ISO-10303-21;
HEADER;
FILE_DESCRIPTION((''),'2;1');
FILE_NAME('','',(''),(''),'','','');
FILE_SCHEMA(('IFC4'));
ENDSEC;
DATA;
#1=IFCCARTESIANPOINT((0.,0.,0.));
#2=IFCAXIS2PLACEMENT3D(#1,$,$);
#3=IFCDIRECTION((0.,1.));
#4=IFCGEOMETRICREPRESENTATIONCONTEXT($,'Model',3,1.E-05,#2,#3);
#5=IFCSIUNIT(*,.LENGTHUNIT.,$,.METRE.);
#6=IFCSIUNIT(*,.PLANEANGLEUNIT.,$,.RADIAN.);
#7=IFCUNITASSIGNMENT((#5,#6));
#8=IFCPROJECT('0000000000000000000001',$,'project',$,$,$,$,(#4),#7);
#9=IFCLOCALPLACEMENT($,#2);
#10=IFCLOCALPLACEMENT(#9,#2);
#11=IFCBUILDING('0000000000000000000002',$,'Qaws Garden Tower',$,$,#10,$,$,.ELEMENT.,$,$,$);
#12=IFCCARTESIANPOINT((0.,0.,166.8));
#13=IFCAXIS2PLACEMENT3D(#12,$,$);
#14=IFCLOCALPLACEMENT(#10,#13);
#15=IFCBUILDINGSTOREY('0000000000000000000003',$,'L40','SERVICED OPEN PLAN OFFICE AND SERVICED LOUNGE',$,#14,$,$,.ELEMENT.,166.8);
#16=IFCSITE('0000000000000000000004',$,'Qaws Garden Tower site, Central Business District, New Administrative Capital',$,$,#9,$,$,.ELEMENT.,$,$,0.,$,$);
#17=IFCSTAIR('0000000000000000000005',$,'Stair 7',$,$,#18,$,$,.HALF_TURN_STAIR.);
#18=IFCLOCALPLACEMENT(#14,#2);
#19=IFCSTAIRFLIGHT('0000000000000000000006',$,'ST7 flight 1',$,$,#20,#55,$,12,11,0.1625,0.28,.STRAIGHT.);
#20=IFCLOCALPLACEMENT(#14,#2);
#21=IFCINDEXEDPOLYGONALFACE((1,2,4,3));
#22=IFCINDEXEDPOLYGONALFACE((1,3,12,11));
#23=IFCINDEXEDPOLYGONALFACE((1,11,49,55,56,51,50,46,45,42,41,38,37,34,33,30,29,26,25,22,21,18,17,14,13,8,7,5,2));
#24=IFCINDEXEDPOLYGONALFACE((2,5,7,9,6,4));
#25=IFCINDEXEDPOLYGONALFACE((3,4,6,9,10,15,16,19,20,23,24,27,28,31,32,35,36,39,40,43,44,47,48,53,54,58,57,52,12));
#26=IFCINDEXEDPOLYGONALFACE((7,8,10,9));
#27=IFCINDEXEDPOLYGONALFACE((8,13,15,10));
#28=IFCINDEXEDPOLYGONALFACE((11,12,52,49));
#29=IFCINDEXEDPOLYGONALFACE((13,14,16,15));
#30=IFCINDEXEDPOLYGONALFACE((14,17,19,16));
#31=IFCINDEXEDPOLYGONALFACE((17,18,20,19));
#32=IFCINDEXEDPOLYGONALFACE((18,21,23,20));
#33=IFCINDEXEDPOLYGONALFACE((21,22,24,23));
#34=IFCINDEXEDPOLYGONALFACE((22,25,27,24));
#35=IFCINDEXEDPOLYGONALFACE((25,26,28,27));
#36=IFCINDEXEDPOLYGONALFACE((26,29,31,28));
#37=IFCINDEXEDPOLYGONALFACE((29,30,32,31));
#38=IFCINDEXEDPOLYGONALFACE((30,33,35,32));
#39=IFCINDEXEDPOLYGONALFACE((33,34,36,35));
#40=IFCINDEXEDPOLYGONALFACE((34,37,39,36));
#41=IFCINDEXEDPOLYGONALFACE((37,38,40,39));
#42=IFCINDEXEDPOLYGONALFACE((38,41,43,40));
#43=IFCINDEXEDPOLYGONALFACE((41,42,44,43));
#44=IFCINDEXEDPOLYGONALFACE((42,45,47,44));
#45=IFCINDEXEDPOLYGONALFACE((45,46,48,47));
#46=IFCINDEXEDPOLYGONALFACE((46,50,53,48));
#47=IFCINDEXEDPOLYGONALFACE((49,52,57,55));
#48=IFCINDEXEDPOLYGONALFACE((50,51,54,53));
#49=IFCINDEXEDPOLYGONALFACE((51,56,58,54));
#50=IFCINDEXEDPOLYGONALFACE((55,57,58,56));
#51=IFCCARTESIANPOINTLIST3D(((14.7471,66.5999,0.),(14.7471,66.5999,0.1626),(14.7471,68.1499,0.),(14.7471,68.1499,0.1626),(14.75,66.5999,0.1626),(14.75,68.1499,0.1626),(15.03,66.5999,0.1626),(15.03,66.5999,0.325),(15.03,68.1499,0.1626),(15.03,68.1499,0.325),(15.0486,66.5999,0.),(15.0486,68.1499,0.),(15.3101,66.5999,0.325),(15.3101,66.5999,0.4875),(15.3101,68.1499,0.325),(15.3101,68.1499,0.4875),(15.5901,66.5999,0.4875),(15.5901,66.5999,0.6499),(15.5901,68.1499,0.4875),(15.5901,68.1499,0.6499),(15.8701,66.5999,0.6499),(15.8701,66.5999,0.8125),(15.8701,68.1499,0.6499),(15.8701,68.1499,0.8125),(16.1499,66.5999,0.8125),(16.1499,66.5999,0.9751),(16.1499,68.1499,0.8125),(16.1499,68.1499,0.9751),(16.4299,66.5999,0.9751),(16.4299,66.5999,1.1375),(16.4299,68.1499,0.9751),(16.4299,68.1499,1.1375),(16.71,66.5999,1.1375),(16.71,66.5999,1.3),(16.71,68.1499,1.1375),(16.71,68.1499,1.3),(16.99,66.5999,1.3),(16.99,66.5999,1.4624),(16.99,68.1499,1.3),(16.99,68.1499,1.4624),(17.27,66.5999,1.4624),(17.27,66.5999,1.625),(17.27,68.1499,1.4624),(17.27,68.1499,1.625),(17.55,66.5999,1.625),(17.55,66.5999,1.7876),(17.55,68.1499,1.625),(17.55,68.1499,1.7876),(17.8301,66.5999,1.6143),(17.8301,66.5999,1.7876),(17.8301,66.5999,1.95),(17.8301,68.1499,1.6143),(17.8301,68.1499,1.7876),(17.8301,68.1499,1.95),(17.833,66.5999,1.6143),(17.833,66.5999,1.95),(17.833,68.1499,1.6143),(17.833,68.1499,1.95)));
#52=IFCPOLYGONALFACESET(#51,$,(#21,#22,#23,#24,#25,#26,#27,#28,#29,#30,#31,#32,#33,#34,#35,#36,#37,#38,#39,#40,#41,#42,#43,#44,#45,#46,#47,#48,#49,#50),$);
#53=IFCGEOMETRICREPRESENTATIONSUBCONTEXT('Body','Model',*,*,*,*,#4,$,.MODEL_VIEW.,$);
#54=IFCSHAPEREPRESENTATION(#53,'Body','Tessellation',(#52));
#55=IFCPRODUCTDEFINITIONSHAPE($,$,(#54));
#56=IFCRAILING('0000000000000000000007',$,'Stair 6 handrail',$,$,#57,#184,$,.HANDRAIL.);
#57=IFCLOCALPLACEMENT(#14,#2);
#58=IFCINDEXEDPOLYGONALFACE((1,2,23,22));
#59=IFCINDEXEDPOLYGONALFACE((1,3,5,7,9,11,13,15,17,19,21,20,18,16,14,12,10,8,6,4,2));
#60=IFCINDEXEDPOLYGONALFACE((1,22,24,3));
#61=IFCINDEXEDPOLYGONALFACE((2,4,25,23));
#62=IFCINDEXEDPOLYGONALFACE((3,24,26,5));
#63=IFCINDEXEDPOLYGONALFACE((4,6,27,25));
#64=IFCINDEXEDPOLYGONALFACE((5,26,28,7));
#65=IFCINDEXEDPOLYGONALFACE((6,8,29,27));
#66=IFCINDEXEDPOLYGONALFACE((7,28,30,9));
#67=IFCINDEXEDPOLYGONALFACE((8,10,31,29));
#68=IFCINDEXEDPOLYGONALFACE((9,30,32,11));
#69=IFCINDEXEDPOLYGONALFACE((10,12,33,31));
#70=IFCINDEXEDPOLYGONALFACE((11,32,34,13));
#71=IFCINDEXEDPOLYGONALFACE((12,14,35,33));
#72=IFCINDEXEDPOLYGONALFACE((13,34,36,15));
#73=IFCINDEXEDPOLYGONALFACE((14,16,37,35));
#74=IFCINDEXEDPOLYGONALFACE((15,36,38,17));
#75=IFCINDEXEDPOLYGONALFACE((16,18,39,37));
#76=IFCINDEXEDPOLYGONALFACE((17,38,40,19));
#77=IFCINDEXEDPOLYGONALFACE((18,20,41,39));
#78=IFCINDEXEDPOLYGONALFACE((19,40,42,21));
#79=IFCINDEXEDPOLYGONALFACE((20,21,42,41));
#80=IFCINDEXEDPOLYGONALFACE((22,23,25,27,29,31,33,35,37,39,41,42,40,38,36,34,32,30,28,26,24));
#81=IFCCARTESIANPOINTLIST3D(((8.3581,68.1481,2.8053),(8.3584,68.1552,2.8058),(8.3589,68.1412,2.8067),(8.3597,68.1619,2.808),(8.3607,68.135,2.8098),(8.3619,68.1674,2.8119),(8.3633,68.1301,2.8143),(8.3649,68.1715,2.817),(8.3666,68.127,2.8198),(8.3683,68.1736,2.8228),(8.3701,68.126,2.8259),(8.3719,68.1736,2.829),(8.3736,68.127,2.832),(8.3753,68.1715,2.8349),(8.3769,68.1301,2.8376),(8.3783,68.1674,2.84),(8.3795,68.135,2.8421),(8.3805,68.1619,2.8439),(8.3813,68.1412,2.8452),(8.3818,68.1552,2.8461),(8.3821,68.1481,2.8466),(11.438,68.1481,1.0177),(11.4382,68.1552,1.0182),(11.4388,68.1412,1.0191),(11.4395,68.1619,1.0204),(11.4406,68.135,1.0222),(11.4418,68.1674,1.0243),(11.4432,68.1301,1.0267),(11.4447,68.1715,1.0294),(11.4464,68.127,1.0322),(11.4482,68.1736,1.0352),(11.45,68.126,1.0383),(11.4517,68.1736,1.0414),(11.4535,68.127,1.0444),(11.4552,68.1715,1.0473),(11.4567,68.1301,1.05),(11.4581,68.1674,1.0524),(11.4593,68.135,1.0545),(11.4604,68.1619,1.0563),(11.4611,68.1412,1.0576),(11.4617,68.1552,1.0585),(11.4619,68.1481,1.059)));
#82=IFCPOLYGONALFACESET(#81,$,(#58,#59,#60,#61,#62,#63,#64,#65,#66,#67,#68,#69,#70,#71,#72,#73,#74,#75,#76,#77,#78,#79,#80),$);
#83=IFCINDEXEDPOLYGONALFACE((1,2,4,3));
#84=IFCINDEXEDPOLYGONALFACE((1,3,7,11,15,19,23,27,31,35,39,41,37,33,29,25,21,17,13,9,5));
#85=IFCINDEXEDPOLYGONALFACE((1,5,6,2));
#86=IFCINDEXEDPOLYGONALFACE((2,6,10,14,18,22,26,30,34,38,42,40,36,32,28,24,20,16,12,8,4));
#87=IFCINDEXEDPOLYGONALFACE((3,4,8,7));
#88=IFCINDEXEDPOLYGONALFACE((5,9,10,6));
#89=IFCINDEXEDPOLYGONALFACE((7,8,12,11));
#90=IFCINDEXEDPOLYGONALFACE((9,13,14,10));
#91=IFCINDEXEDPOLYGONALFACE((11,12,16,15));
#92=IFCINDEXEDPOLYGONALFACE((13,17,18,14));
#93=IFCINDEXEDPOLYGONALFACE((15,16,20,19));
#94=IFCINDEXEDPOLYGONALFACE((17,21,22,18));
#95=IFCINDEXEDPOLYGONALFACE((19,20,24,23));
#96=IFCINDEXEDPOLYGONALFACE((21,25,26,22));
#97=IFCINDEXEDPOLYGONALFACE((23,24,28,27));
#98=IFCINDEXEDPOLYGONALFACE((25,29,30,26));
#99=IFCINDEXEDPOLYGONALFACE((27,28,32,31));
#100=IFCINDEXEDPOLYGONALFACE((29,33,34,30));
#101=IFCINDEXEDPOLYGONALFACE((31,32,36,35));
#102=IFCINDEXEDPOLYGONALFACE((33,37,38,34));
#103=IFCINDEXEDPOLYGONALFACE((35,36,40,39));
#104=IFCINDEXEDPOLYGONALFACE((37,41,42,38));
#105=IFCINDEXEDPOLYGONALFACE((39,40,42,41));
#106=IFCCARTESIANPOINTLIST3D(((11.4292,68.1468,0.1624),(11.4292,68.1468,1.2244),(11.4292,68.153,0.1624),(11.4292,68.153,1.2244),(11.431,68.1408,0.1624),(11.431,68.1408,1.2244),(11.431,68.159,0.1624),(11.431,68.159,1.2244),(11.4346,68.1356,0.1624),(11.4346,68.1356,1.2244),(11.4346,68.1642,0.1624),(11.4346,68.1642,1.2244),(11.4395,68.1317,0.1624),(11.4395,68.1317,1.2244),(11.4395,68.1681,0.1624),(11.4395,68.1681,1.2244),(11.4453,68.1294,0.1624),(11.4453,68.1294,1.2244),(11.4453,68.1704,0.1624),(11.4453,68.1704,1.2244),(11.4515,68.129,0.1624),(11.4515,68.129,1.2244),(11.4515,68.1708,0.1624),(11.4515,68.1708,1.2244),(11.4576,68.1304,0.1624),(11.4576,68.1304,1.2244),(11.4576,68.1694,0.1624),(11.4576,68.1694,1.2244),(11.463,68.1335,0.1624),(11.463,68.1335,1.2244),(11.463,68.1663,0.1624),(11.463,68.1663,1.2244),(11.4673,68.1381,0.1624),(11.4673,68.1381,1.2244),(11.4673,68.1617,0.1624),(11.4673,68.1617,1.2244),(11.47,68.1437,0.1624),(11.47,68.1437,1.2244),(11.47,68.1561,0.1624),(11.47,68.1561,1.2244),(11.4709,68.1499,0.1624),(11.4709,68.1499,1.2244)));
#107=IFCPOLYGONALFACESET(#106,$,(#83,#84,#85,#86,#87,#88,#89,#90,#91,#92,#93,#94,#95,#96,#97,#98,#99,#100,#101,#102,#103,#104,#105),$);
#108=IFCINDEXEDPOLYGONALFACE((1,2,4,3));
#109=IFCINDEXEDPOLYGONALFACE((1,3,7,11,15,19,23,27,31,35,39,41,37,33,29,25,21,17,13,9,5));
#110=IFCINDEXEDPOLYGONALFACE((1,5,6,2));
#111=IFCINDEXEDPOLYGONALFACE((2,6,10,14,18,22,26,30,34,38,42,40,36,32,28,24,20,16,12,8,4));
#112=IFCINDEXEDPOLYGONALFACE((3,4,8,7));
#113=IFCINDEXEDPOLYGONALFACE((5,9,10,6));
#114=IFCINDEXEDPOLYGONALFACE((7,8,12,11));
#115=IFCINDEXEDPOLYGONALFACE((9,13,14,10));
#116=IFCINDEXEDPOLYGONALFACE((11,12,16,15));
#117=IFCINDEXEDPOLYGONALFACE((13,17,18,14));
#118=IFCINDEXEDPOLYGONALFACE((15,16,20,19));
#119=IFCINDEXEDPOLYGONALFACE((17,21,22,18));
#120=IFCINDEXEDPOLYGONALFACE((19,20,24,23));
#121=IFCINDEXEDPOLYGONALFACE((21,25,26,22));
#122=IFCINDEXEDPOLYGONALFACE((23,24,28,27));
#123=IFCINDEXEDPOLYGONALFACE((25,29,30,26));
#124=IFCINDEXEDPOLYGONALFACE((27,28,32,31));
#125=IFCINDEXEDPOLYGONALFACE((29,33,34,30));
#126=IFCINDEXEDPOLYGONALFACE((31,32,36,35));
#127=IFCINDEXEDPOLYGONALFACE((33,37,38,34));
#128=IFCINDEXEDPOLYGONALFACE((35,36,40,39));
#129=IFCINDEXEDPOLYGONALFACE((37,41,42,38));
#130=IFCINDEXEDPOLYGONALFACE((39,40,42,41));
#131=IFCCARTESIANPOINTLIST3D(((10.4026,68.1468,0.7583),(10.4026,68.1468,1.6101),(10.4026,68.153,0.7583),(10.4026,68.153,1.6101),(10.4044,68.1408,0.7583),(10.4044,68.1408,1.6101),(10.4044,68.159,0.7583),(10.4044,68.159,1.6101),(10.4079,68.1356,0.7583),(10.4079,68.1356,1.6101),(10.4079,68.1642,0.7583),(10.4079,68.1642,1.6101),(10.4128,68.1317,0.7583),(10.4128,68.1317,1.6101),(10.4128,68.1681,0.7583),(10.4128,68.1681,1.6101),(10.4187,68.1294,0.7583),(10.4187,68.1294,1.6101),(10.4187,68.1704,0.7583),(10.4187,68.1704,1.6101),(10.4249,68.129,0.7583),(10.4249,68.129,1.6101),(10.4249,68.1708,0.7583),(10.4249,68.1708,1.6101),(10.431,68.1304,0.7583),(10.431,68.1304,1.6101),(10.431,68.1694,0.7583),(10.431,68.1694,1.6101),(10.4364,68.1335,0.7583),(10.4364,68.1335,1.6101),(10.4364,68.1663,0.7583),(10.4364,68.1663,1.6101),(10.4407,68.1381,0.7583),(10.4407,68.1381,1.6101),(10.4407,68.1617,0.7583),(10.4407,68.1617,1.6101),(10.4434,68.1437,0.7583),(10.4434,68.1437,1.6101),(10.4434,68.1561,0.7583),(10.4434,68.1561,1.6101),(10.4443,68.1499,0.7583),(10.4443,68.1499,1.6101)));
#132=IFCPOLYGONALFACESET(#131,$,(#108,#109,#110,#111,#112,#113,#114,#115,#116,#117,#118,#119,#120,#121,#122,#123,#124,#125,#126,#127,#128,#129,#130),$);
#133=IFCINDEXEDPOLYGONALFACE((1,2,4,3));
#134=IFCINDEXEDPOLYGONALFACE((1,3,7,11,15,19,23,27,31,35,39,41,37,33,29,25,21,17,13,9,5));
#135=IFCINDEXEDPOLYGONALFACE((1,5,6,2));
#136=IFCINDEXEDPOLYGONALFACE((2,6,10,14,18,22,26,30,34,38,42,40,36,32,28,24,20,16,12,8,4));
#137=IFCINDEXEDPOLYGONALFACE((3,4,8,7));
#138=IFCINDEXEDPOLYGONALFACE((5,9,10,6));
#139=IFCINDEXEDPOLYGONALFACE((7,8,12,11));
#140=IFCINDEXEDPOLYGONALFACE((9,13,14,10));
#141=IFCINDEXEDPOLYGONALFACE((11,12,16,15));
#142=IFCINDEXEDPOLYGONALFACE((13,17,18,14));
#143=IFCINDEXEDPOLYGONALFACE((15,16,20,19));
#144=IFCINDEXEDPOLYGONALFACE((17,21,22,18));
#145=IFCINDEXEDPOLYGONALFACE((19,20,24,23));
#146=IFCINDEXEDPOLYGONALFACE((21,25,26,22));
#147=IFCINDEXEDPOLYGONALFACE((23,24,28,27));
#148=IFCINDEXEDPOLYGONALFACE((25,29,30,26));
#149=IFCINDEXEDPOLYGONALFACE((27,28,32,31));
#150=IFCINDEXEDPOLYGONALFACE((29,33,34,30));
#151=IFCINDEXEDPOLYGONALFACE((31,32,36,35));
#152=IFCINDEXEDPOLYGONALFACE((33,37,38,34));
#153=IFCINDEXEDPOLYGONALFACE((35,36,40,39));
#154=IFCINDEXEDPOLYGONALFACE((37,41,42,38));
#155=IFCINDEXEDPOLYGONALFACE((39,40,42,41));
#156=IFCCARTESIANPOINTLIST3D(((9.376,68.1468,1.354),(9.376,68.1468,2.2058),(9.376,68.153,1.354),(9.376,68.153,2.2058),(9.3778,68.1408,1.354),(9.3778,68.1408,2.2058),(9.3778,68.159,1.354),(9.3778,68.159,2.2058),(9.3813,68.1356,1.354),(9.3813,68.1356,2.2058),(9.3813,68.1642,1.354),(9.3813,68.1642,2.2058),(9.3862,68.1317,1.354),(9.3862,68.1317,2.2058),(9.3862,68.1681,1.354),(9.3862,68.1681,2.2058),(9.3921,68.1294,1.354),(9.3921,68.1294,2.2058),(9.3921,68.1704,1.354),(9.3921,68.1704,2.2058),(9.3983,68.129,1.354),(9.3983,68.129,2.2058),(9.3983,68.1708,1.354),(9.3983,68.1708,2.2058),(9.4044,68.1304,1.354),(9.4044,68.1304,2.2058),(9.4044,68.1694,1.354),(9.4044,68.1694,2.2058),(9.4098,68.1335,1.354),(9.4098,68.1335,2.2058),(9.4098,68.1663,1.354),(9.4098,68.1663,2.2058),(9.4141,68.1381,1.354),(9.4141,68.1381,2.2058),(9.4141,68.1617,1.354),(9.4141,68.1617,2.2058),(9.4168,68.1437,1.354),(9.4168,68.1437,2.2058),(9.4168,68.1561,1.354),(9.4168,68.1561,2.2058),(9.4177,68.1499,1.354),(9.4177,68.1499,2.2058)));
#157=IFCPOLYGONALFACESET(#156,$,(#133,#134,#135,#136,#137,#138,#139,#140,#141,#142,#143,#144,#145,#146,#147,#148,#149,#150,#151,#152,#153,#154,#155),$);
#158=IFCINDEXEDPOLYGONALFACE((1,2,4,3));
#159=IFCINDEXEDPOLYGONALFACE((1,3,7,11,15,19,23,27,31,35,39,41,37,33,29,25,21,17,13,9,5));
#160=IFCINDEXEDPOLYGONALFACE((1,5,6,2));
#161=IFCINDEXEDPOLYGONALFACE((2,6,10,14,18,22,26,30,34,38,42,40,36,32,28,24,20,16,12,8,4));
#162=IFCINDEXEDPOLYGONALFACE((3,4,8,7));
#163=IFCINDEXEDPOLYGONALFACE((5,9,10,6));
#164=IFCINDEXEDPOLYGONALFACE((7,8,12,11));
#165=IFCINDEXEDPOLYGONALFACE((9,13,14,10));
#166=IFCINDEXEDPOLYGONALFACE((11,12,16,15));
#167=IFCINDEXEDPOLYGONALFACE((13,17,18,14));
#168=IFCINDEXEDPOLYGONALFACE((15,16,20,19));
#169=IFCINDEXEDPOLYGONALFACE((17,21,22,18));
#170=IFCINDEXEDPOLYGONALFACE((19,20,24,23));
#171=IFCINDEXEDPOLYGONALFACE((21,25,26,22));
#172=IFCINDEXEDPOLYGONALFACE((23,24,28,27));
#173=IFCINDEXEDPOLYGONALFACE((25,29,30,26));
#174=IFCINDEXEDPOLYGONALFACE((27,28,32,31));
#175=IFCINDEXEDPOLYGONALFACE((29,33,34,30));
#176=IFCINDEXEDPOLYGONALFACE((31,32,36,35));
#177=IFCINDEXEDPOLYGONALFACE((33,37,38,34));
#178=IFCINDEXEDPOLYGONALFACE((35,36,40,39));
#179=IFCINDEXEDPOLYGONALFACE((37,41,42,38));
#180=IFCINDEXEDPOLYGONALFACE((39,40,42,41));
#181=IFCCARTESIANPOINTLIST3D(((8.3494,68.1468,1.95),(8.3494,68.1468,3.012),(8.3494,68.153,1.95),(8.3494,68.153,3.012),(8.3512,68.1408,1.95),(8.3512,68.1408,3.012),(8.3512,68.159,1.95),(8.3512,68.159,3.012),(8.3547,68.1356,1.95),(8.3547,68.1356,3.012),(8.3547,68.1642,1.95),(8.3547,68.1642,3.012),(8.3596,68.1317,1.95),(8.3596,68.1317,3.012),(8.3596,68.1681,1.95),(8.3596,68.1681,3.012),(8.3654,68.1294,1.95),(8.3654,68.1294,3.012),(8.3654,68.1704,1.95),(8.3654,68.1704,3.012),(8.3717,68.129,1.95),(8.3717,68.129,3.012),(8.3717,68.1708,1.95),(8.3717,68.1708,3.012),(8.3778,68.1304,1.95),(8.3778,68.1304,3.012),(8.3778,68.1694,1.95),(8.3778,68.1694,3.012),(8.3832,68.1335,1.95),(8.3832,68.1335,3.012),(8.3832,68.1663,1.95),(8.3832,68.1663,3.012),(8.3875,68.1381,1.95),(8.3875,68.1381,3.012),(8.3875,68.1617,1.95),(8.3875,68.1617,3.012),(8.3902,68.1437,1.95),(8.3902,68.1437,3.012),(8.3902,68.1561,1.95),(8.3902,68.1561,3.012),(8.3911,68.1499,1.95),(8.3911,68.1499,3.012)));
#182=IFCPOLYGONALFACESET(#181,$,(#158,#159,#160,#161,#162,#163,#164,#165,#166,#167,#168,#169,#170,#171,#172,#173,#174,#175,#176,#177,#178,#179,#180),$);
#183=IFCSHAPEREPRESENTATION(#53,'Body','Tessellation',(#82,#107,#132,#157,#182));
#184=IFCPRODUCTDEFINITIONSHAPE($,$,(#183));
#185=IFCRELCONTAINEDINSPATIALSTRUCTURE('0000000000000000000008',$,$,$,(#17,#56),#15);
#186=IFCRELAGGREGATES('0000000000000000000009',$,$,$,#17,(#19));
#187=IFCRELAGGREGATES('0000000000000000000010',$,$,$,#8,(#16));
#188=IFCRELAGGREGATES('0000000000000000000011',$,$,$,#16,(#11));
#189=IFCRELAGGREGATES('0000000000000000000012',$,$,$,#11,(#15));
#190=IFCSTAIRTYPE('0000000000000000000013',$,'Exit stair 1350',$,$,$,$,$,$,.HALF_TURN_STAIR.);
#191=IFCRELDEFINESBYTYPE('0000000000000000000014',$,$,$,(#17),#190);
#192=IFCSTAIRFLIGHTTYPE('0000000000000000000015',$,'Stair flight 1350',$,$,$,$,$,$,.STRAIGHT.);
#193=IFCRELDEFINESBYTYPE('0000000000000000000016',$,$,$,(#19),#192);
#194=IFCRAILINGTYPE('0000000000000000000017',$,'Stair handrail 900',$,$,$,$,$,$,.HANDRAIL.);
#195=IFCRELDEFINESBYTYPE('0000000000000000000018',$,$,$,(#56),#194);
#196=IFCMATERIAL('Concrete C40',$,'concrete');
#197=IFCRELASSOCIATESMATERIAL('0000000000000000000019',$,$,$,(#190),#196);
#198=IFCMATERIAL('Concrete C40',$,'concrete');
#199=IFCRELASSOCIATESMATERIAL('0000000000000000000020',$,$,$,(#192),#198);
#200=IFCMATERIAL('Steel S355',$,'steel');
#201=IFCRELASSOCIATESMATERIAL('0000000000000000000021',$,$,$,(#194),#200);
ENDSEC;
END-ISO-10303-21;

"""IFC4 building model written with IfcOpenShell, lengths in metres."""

from ifc_helpers import new_model, si_unit, direction, frame, origin, origin_2d, place, context, subcontext, project, spatial, polyline, circle, outline, extrude, material, type_object, element, aggregate, save


model = new_model("IFC4")

# Units and contexts
model_context = context("Model", 3, precision=1e-05, world=origin(), true_north=direction((0.0, 1.0)))
body_context = subcontext(model_context, "Body", "Model", "MODEL_VIEW")
ifc_project = project(units=[si_unit("LENGTHUNIT", "METRE"), si_unit("PLANEANGLEUNIT", "RADIAN")], contexts=[model_context])

# Site, building, storey
site_placement = place(None, origin())
site = spatial("IfcSite", under=ifc_project, at=site_placement, Name="Qaws Garden Tower site, Central Business District, New Administrative Capital", CompositionType="ELEMENT", RefElevation=0.0)
building_placement = place(site_placement, origin())
building = spatial("IfcBuilding", under=site, at=building_placement, Name="Qaws Garden Tower", CompositionType="ELEMENT")
storey_placement = place(building_placement, frame((0.0, 0.0, 166.8)))
storey = spatial("IfcBuildingStorey", under=building, at=storey_placement, Name="L40", Description="SERVICED OPEN PLAN OFFICE AND SERVICED LOUNGE", CompositionType="ELEMENT", Elevation=166.8)

# Shared definitions
ifc_material_1 = material(Name="Concrete C40", Category="concrete")
stair_type = type_object("IfcStairType", Name="Exit stair 1350", PredefinedType="HALF_TURN_STAIR", material=ifc_material_1)
placement = place(storey_placement, origin())
ifc_material_2 = material(Name="Concrete C40", Category="concrete")
stair_flight_type = type_object("IfcStairFlightType", Name="Stair flight 1350", PredefinedType="STRAIGHT", material=ifc_material_2)

# Stair, stair flight
stair_1 = element("IfcStair", 1, at=placement, inside=storey, type_object=stair_type, Name="Stair 7", PredefinedType="HALF_TURN_STAIR")
stair_flight_1_placement = place(storey_placement, frame((14.75, 67.375, 0.0), z_axis=(0.0, 0.0, 1.0), x_axis=(1.0, 0.0, 0.0)))
stair_flight_1 = element("IfcStairFlight", 2, at=stair_flight_1_placement, type_object=stair_flight_type, Name="ST7 flight 1", NumberOfRisers=12, NumberOfTreads=11, PredefinedType="STRAIGHT", RiserHeight=0.1625, TreadLength=0.28, context=body_context, shape_type="SweptSolid", body=[
    extrude(outline(polyline([(-0.0029, 0.0), (-0.0029, 0.1626), (0.0, 0.1626), (0.28, 0.1626), (0.28, 0.325), (0.5601, 0.325), (0.5601, 0.4875), (0.8401, 0.4875), (0.8401, 0.6499), (1.1201, 0.6499), (1.1201, 0.8125), (1.3999, 0.8125), (1.3999, 0.9751), (1.6799, 0.9751), (1.6799, 1.1375), (1.96, 1.1375), (1.96, 1.3), (2.24, 1.3), (2.24, 1.4624), (2.52, 1.4624), (2.52, 1.625), (2.8, 1.625), (2.8, 1.7876), (3.0801, 1.7876), (3.0801, 1.95), (3.083, 1.95), (3.083, 1.6143), (3.0801, 1.6143), (0.2986, 0.0), (-0.0029, 0.0)])), frame((0.0, 0.7749, 0.0), z_axis=(0.0, -1.0, 0.0), x_axis=(1.0, 0.0, 0.0)), (0.0, 0.0, 1.0), 1.55),
])
aggregate(stair_1, [stair_flight_1])

# Railing
ifc_material_3 = material(Name="Steel S355", Category="steel")
railing_type = type_object("IfcRailingType", Name="Stair handrail 900", PredefinedType="HANDRAIL", material=ifc_material_3)
railing_1_placement = place(storey_placement, frame((11.45, 68.1499, 0.1624)))
element("IfcRailing", 3, at=railing_1_placement, inside=storey, type_object=railing_type, Name="Stair 6 handrail", PredefinedType="HANDRAIL", context=body_context, shape_type="SweptSolid", body=[
    extrude(circle(Radius=0.0239, at=origin_2d()), frame((0.0, 0.0, 0.876), z_axis=(-0.864873, 0.0, 0.50199), x_axis=(0.0, -1.0, 0.0)), (0.0, 0.0, 1.0), 3.561),
    extrude(circle(Radius=0.021, at=origin_2d()), origin(), (0.0, 0.0, 1.0), 1.062),
    extrude(circle(Radius=0.021, at=origin_2d()), frame((-1.0266, 0.0, 0.5959)), (0.0, 0.0, 1.0), 0.8518),
    extrude(circle(Radius=0.021, at=origin_2d()), frame((-2.0532, 0.0, 1.1917)), (0.0, 0.0, 1.0), 0.8518),
    extrude(circle(Radius=0.021, at=origin_2d()), frame((-3.0798, 0.0, 1.7876)), (0.0, 0.0, 1.0), 1.062),
])

save(model, "model.ifc")
